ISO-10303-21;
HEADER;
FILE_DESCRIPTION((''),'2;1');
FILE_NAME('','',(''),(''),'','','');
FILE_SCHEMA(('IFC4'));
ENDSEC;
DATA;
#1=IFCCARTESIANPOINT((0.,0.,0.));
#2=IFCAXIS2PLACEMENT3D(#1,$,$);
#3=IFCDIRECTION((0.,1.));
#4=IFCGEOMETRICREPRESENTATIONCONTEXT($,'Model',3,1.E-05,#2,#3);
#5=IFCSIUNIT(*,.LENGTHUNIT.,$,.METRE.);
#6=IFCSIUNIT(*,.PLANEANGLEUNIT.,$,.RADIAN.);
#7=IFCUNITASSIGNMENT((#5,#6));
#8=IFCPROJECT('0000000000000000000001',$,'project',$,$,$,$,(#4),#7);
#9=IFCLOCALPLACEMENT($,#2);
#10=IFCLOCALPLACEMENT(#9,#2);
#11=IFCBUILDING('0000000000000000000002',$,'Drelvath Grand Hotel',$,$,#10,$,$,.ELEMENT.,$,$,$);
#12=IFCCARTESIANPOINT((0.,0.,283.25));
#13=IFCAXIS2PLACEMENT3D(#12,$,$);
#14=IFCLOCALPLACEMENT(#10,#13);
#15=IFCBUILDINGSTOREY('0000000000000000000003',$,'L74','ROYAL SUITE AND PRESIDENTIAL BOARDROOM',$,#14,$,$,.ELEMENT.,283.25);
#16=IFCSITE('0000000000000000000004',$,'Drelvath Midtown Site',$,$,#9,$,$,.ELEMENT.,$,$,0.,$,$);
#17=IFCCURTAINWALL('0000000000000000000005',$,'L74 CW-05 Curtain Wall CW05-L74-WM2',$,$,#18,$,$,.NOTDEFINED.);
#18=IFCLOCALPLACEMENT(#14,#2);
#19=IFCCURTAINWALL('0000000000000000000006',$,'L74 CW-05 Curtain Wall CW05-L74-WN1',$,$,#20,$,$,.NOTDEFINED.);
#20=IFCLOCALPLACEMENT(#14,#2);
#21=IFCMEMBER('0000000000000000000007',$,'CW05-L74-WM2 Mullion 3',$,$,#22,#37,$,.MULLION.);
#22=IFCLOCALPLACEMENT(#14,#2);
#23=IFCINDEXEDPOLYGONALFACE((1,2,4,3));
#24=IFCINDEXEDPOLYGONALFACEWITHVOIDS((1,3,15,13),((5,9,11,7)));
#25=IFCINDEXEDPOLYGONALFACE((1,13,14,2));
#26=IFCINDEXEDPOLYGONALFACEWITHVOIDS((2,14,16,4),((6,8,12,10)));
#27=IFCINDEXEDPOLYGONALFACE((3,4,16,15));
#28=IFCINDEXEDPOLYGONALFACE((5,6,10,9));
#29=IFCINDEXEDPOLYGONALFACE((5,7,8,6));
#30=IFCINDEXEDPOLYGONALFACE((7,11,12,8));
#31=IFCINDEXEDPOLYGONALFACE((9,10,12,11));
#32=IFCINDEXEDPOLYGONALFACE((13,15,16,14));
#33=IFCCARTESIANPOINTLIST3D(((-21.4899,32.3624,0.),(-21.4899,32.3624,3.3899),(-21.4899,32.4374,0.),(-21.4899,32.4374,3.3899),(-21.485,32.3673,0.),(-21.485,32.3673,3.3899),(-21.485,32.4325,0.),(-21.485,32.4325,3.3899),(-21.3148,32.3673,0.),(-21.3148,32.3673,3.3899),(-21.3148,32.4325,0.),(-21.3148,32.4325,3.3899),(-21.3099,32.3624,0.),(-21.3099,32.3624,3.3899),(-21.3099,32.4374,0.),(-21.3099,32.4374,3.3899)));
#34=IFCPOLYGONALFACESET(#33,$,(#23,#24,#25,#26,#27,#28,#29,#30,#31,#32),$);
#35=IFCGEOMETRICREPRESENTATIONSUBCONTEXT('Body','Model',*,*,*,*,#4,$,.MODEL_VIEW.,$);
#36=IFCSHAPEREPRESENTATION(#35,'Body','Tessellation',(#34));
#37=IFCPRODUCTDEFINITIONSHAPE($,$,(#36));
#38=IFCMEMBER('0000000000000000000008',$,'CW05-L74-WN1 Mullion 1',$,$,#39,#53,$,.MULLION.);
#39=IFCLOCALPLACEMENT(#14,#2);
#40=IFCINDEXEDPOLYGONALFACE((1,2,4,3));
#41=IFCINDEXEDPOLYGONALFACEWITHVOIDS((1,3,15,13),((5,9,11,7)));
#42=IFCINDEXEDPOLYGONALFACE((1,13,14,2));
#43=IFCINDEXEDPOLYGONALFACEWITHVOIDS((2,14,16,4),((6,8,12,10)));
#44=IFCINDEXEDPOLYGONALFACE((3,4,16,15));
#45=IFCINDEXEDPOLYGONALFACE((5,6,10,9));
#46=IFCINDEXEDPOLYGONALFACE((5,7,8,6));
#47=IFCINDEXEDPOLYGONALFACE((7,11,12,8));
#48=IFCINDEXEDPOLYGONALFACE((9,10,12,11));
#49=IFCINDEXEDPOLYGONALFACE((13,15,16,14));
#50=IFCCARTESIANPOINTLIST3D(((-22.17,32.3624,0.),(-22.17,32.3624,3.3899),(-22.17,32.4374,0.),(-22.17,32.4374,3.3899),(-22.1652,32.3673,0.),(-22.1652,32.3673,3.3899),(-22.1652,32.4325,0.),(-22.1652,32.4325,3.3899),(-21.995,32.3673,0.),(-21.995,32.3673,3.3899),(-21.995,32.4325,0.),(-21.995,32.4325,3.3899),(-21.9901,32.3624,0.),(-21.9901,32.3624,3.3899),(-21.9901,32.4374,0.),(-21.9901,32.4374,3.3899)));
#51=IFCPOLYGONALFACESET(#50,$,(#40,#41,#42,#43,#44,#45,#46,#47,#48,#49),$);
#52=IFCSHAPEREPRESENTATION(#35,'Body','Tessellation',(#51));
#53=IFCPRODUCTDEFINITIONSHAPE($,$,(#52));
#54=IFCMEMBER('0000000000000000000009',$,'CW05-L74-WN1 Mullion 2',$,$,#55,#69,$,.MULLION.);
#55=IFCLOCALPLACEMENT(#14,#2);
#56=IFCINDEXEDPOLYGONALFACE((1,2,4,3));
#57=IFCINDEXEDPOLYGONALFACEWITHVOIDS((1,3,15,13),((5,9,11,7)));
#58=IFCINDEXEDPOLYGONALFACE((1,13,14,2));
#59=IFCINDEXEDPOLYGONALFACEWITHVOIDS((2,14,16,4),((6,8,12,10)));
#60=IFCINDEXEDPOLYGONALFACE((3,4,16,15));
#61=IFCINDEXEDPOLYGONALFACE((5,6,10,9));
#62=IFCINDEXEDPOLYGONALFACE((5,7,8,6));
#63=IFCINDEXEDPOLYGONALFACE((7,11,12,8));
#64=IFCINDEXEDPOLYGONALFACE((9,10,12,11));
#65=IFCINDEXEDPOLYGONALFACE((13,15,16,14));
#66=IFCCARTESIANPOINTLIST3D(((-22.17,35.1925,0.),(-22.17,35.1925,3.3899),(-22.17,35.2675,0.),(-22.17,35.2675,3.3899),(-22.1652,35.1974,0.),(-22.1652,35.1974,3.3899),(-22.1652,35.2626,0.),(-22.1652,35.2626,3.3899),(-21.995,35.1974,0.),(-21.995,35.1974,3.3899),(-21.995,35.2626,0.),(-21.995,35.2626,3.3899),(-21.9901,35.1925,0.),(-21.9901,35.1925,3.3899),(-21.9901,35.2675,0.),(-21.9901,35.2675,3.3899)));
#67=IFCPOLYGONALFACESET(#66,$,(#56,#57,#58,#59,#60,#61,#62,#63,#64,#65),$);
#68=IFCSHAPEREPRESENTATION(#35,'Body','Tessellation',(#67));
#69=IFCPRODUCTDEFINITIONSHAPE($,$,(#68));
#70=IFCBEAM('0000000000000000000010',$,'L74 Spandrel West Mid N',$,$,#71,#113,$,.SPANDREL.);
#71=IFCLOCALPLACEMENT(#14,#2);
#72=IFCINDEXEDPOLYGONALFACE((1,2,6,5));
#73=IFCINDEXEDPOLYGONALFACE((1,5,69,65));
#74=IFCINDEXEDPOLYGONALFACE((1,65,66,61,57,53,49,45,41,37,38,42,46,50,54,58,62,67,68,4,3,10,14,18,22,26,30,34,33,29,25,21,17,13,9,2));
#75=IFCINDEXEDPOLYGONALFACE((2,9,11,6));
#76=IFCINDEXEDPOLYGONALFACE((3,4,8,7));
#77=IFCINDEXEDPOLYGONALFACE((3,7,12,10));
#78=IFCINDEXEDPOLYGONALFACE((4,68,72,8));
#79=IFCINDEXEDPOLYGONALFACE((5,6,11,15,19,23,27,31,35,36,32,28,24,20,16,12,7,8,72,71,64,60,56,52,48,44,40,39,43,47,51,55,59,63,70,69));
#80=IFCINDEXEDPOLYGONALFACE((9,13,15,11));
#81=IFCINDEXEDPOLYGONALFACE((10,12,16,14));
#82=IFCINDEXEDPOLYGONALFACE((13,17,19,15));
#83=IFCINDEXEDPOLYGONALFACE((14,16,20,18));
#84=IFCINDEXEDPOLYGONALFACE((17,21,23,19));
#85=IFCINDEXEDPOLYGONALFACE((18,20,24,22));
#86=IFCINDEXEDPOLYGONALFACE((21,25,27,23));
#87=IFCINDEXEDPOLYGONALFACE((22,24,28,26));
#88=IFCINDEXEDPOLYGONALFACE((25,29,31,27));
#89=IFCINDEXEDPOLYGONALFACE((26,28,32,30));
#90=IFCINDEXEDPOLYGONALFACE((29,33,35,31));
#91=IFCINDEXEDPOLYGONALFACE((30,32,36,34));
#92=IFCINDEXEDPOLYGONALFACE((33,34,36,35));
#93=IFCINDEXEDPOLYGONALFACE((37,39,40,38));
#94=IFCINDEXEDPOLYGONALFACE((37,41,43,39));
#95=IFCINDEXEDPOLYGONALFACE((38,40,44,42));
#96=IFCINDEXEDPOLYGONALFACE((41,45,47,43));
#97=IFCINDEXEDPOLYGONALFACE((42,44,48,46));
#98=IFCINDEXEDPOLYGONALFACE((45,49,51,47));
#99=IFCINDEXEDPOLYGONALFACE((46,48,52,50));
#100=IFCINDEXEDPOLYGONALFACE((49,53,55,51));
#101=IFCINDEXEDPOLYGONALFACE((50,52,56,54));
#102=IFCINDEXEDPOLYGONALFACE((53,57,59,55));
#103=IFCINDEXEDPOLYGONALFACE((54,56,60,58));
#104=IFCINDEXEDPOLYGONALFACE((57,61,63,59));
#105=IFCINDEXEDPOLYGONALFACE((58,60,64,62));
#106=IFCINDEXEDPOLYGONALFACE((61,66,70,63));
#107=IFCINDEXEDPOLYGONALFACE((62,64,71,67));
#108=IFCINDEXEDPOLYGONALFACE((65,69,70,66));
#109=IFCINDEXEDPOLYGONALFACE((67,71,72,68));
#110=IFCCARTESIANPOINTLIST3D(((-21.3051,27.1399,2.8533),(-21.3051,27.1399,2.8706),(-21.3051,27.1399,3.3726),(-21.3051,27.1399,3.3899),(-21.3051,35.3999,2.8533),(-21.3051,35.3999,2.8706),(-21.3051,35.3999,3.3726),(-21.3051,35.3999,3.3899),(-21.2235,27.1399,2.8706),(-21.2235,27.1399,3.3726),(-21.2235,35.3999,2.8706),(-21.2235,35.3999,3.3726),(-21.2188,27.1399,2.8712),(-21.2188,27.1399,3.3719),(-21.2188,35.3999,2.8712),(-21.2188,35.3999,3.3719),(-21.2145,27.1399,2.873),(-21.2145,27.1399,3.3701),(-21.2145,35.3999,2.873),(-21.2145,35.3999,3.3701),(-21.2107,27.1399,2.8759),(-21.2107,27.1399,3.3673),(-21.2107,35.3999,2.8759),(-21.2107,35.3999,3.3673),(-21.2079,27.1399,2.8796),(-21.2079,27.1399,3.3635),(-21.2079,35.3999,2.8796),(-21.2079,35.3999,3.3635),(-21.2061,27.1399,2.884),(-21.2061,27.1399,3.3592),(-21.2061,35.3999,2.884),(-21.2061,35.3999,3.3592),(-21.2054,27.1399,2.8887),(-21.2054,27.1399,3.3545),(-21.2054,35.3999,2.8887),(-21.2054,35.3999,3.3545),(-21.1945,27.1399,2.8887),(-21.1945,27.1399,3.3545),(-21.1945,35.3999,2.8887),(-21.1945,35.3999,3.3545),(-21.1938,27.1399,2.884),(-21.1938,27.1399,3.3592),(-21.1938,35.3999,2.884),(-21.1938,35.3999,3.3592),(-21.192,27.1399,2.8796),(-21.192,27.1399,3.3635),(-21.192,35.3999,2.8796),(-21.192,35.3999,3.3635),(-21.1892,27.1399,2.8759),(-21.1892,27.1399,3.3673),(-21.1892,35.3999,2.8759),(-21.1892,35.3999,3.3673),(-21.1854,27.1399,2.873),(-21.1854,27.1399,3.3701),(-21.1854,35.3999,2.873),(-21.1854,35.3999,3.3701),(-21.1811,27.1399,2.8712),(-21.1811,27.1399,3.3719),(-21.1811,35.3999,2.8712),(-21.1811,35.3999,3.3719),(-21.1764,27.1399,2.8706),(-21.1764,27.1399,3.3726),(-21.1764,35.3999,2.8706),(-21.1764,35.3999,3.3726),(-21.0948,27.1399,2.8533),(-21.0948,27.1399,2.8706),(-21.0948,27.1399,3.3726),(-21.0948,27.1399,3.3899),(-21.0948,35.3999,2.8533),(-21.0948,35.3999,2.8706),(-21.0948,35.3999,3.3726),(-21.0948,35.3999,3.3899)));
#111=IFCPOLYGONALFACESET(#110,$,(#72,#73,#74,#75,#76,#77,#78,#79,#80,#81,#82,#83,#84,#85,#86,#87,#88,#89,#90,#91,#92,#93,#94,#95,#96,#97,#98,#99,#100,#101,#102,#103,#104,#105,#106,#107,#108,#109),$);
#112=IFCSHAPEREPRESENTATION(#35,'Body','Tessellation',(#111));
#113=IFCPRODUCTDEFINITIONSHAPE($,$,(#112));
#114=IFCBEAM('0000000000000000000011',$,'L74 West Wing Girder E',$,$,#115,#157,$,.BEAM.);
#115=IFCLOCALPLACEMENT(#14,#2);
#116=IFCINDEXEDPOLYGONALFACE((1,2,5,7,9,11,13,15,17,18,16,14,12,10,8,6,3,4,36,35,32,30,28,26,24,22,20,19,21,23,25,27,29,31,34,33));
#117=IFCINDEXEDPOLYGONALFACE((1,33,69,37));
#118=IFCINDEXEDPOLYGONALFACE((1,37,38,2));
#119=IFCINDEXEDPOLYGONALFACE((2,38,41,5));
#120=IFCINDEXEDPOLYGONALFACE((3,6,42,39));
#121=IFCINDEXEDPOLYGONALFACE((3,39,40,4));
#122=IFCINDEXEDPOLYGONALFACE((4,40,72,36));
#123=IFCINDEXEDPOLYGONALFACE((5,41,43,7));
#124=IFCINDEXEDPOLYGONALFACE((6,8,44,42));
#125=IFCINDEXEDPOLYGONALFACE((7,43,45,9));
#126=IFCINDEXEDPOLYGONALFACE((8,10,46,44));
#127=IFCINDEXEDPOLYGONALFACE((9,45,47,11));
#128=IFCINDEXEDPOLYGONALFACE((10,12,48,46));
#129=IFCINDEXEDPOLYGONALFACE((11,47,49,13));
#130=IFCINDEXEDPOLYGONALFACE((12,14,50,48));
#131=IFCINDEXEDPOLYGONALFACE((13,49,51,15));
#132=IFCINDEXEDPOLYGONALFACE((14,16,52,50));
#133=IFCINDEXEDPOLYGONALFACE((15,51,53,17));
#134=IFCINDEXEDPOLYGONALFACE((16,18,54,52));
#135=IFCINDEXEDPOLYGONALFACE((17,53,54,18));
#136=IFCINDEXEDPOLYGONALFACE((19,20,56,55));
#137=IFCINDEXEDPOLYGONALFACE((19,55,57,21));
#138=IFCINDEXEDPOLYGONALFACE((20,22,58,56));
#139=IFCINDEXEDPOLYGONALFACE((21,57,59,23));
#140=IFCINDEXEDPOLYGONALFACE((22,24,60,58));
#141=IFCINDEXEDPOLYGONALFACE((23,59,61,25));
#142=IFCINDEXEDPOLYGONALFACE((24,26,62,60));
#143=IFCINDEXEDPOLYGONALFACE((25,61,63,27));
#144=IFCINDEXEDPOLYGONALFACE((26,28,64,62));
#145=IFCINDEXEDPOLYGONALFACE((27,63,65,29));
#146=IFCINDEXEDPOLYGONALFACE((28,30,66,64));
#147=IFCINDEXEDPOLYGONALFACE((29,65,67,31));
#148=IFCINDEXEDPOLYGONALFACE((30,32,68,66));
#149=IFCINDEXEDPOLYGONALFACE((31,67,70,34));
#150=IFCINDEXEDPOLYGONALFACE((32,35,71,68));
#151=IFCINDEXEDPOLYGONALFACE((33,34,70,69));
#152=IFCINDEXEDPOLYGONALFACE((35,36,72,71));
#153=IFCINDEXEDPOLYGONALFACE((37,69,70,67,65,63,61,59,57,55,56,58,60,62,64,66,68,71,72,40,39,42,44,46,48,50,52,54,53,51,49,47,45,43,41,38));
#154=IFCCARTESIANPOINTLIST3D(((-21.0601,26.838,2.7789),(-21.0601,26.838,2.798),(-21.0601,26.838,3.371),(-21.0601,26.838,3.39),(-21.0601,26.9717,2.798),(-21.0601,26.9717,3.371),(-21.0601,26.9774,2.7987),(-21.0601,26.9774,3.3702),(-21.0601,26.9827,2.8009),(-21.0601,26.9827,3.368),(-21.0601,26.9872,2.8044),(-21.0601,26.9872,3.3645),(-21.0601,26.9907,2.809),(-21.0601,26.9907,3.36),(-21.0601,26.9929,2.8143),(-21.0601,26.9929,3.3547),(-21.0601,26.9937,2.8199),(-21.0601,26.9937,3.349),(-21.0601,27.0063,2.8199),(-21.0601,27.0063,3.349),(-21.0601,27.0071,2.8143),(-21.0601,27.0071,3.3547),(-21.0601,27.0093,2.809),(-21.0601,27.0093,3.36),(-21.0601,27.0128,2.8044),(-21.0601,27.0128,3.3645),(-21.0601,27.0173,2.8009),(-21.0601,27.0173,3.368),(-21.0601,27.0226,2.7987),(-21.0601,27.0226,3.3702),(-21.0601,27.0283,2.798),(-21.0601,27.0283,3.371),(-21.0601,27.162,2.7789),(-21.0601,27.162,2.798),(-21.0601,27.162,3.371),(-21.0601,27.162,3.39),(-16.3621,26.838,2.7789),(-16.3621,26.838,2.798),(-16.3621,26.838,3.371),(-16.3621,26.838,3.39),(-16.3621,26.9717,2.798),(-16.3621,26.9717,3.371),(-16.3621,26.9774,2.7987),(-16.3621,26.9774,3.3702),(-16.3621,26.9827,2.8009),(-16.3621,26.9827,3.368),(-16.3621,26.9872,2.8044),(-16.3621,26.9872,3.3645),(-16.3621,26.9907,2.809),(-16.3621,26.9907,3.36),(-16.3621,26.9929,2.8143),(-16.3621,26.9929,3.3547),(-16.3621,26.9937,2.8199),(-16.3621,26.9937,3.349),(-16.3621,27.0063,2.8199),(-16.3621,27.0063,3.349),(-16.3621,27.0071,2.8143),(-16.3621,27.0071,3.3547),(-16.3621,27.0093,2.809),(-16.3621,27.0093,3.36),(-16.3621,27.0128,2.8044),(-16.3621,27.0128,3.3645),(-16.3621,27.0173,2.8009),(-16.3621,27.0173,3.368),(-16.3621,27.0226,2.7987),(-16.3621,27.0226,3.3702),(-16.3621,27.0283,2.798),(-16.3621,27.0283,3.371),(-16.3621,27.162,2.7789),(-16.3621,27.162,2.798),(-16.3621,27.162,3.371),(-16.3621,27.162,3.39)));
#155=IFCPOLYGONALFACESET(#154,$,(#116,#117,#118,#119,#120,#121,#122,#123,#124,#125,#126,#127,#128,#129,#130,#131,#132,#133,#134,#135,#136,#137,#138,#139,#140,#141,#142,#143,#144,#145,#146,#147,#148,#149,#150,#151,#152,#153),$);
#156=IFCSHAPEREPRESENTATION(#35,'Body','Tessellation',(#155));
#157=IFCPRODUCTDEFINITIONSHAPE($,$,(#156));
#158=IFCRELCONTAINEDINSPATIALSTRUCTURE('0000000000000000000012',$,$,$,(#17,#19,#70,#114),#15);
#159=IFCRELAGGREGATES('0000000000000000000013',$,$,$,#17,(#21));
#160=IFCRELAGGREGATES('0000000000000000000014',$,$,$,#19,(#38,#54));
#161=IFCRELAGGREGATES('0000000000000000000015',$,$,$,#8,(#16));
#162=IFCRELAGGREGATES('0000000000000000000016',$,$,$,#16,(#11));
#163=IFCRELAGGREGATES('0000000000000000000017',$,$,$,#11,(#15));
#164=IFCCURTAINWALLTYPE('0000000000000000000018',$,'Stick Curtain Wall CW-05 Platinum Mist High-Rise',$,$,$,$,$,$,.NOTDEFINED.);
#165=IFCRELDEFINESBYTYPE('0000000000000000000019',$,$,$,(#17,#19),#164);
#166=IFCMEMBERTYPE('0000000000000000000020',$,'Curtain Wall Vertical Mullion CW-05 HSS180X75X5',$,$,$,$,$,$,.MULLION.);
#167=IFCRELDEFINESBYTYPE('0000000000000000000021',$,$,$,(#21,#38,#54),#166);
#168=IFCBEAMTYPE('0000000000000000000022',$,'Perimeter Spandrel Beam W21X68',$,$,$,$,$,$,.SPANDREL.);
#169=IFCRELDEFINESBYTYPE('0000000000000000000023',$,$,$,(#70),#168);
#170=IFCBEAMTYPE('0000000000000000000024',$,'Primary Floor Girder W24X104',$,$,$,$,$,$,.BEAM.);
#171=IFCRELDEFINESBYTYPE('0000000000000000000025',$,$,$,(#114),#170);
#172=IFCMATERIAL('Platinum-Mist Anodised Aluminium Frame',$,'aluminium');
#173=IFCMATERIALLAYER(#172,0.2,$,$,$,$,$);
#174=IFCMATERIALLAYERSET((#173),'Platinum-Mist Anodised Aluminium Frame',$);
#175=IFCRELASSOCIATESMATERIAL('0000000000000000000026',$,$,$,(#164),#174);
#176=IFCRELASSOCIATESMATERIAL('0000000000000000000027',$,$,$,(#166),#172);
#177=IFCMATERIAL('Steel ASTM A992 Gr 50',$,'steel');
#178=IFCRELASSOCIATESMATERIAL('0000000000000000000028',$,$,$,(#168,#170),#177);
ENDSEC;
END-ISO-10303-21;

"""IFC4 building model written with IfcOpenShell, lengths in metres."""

from ifc_helpers import new_model, si_unit, direction, frame, origin, origin_2d, place, context, subcontext, project, spatial, hollow_rectangle, i_section, extrude, material, layer, layer_set, material_profile, profile_set, type_object, element, aggregate, save


model = new_model("IFC4")

# Units and contexts
model_context = context("Model", 3, precision=1e-05, world=origin(), true_north=direction((0.0, 1.0)))
body_context = subcontext(model_context, "Body", "Model", "MODEL_VIEW")
ifc_project = project(units=[si_unit("LENGTHUNIT", "METRE"), si_unit("PLANEANGLEUNIT", "RADIAN")], contexts=[model_context])

# Site, building, storey
site_placement = place(None, origin())
site = spatial("IfcSite", under=ifc_project, at=site_placement, Name="Drelvath Midtown Site", CompositionType="ELEMENT", RefElevation=0.0)
building_placement = place(site_placement, origin())
building = spatial("IfcBuilding", under=site, at=building_placement, Name="Drelvath Grand Hotel", CompositionType="ELEMENT")
storey_placement = place(building_placement, frame((0.0, 0.0, 283.25)))
storey = spatial("IfcBuildingStorey", under=building, at=storey_placement, Name="L74", Description="ROYAL SUITE AND PRESIDENTIAL BOARDROOM", CompositionType="ELEMENT", Elevation=283.25)

# Curtain walls
ifc_material_1 = material(Name="Platinum-Mist Anodised Aluminium Frame", Category="aluminium")
ifc_layer_1 = layer(ifc_material_1, 0.2)
ifc_layer_set_1 = layer_set([ifc_layer_1], Name="Platinum-Mist Anodised Aluminium Frame")
curtain_wall_type = type_object("IfcCurtainWallType", Name="Stick Curtain Wall CW-05 Platinum Mist High-Rise", PredefinedType="NOTDEFINED", material=ifc_layer_set_1)
curtain_wall_1_placement = place(storey_placement, origin())
curtain_wall_1 = element("IfcCurtainWall", 1, at=curtain_wall_1_placement, inside=storey, type_object=curtain_wall_type, Name="L74 CW-05 Curtain Wall CW05-L74-WM2", PredefinedType="NOTDEFINED")
curtain_wall_2_placement = place(storey_placement, origin())
curtain_wall_2 = element("IfcCurtainWall", 2, at=curtain_wall_2_placement, inside=storey, type_object=curtain_wall_type, Name="L74 CW-05 Curtain Wall CW05-L74-WN1", PredefinedType="NOTDEFINED")
ifc_material_profile_1 = material_profile(ifc_material_1, hollow_rectangle(XDim=0.075, YDim=0.1799, WallThickness=0.0049, at=origin_2d()), Name="HSS180X75X5")
ifc_profile_set_1 = profile_set([ifc_material_profile_1], Name="Platinum-Mist Anodised Aluminium Frame")
member_type_1 = type_object("IfcMemberType", Name="Curtain Wall Vertical Mullion CW-05 HSS180X75X5", PredefinedType="MULLION", material=ifc_profile_set_1)

# Members
member_1_placement = place(storey_placement, frame((-21.3999, 32.3999, 0.0), z_axis=(0.0, 0.0, 1.0), x_axis=(0.0, 1.0, 0.0)))
member_1 = element("IfcMember", 3, at=member_1_placement, type_object=member_type_1, Name="CW05-L74-WM2 Mullion 3", PredefinedType="MULLION", context=body_context, shape_type="SweptSolid", body=[
    extrude(hollow_rectangle(XDim=0.075, YDim=0.1799, WallThickness=0.0049, at=origin_2d()), origin(), (0.0, 0.0, 1.0), 3.3899),
])
member_2_placement = place(storey_placement, frame((-22.0801, 32.3999, 0.0), z_axis=(0.0, 0.0, 1.0), x_axis=(0.0, 1.0, 0.0)))
member_2 = element("IfcMember", 4, at=member_2_placement, type_object=member_type_1, Name="CW05-L74-WN1 Mullion 1", PredefinedType="MULLION", context=body_context, shape_type="SweptSolid", body=[
    extrude(hollow_rectangle(XDim=0.075, YDim=0.1799, WallThickness=0.0049, at=origin_2d()), origin(), (0.0, 0.0, 1.0), 3.3899),
])
member_3_placement = place(storey_placement, frame((-22.0801, 35.23, 0.0), z_axis=(0.0, 0.0, 1.0), x_axis=(0.0, 1.0, 0.0)))
member_3 = element("IfcMember", 5, at=member_3_placement, type_object=member_type_1, Name="CW05-L74-WN1 Mullion 2", PredefinedType="MULLION", context=body_context, shape_type="SweptSolid", body=[
    extrude(hollow_rectangle(XDim=0.075, YDim=0.1799, WallThickness=0.0049, at=origin_2d()), origin(), (0.0, 0.0, 1.0), 3.3899),
])

# Beams
ifc_material_2 = material(Name="Steel ASTM A992 Gr 50", Category="steel")
ifc_material_profile_2 = material_profile(ifc_material_2, i_section(OverallWidth=0.2102, OverallDepth=0.5366, WebThickness=0.011, FlangeThickness=0.0173, FilletRadius=0.0181, at=origin_2d()), Name="W21X68")
ifc_profile_set_2 = profile_set([ifc_material_profile_2], Name="Steel ASTM A992 Gr 50")
beam_type_1 = type_object("IfcBeamType", Name="Perimeter Spandrel Beam W21X68", PredefinedType="SPANDREL", material=ifc_profile_set_2)
beam_1_placement = place(storey_placement, frame((-21.2, 27.1399, 3.1216), z_axis=(0.0, 1.0, 0.0), x_axis=(-1.0, 0.0, 0.0)))
element("IfcBeam", 6, at=beam_1_placement, inside=storey, type_object=beam_type_1, Name="L74 Spandrel West Mid N", PredefinedType="SPANDREL", context=body_context, shape_type="SweptSolid", body=[
    extrude(i_section(OverallWidth=0.2102, OverallDepth=0.5366, WebThickness=0.011, FlangeThickness=0.0173, FilletRadius=0.0181, at=origin_2d()), origin(), (0.0, 0.0, 1.0), 8.26),
])
ifc_material_profile_3 = material_profile(ifc_material_2, i_section(OverallWidth=0.324, OverallDepth=0.6111, WebThickness=0.0127, FlangeThickness=0.019, FilletRadius=0.022, at=origin_2d()), Name="W24X104")
ifc_profile_set_3 = profile_set([ifc_material_profile_3], Name="Steel ASTM A992 Gr 50")
beam_type_2 = type_object("IfcBeamType", Name="Primary Floor Girder W24X104", PredefinedType="BEAM", material=ifc_profile_set_3)
beam_2_placement = place(storey_placement, frame((-21.0601, 27.0, 3.0845), z_axis=(1.0, 0.0, 0.0), x_axis=(0.0, 1.0, 0.0)))
element("IfcBeam", 7, at=beam_2_placement, inside=storey, type_object=beam_type_2, Name="L74 West Wing Girder E", PredefinedType="BEAM", context=body_context, shape_type="SweptSolid", body=[
    extrude(i_section(OverallWidth=0.324, OverallDepth=0.6111, WebThickness=0.0127, FlangeThickness=0.019, FilletRadius=0.022, at=origin_2d()), origin(), (0.0, 0.0, 1.0), 4.698),
])

aggregate(curtain_wall_1, [member_1])
aggregate(curtain_wall_2, [member_2, member_3])

save(model, "model.ifc")
